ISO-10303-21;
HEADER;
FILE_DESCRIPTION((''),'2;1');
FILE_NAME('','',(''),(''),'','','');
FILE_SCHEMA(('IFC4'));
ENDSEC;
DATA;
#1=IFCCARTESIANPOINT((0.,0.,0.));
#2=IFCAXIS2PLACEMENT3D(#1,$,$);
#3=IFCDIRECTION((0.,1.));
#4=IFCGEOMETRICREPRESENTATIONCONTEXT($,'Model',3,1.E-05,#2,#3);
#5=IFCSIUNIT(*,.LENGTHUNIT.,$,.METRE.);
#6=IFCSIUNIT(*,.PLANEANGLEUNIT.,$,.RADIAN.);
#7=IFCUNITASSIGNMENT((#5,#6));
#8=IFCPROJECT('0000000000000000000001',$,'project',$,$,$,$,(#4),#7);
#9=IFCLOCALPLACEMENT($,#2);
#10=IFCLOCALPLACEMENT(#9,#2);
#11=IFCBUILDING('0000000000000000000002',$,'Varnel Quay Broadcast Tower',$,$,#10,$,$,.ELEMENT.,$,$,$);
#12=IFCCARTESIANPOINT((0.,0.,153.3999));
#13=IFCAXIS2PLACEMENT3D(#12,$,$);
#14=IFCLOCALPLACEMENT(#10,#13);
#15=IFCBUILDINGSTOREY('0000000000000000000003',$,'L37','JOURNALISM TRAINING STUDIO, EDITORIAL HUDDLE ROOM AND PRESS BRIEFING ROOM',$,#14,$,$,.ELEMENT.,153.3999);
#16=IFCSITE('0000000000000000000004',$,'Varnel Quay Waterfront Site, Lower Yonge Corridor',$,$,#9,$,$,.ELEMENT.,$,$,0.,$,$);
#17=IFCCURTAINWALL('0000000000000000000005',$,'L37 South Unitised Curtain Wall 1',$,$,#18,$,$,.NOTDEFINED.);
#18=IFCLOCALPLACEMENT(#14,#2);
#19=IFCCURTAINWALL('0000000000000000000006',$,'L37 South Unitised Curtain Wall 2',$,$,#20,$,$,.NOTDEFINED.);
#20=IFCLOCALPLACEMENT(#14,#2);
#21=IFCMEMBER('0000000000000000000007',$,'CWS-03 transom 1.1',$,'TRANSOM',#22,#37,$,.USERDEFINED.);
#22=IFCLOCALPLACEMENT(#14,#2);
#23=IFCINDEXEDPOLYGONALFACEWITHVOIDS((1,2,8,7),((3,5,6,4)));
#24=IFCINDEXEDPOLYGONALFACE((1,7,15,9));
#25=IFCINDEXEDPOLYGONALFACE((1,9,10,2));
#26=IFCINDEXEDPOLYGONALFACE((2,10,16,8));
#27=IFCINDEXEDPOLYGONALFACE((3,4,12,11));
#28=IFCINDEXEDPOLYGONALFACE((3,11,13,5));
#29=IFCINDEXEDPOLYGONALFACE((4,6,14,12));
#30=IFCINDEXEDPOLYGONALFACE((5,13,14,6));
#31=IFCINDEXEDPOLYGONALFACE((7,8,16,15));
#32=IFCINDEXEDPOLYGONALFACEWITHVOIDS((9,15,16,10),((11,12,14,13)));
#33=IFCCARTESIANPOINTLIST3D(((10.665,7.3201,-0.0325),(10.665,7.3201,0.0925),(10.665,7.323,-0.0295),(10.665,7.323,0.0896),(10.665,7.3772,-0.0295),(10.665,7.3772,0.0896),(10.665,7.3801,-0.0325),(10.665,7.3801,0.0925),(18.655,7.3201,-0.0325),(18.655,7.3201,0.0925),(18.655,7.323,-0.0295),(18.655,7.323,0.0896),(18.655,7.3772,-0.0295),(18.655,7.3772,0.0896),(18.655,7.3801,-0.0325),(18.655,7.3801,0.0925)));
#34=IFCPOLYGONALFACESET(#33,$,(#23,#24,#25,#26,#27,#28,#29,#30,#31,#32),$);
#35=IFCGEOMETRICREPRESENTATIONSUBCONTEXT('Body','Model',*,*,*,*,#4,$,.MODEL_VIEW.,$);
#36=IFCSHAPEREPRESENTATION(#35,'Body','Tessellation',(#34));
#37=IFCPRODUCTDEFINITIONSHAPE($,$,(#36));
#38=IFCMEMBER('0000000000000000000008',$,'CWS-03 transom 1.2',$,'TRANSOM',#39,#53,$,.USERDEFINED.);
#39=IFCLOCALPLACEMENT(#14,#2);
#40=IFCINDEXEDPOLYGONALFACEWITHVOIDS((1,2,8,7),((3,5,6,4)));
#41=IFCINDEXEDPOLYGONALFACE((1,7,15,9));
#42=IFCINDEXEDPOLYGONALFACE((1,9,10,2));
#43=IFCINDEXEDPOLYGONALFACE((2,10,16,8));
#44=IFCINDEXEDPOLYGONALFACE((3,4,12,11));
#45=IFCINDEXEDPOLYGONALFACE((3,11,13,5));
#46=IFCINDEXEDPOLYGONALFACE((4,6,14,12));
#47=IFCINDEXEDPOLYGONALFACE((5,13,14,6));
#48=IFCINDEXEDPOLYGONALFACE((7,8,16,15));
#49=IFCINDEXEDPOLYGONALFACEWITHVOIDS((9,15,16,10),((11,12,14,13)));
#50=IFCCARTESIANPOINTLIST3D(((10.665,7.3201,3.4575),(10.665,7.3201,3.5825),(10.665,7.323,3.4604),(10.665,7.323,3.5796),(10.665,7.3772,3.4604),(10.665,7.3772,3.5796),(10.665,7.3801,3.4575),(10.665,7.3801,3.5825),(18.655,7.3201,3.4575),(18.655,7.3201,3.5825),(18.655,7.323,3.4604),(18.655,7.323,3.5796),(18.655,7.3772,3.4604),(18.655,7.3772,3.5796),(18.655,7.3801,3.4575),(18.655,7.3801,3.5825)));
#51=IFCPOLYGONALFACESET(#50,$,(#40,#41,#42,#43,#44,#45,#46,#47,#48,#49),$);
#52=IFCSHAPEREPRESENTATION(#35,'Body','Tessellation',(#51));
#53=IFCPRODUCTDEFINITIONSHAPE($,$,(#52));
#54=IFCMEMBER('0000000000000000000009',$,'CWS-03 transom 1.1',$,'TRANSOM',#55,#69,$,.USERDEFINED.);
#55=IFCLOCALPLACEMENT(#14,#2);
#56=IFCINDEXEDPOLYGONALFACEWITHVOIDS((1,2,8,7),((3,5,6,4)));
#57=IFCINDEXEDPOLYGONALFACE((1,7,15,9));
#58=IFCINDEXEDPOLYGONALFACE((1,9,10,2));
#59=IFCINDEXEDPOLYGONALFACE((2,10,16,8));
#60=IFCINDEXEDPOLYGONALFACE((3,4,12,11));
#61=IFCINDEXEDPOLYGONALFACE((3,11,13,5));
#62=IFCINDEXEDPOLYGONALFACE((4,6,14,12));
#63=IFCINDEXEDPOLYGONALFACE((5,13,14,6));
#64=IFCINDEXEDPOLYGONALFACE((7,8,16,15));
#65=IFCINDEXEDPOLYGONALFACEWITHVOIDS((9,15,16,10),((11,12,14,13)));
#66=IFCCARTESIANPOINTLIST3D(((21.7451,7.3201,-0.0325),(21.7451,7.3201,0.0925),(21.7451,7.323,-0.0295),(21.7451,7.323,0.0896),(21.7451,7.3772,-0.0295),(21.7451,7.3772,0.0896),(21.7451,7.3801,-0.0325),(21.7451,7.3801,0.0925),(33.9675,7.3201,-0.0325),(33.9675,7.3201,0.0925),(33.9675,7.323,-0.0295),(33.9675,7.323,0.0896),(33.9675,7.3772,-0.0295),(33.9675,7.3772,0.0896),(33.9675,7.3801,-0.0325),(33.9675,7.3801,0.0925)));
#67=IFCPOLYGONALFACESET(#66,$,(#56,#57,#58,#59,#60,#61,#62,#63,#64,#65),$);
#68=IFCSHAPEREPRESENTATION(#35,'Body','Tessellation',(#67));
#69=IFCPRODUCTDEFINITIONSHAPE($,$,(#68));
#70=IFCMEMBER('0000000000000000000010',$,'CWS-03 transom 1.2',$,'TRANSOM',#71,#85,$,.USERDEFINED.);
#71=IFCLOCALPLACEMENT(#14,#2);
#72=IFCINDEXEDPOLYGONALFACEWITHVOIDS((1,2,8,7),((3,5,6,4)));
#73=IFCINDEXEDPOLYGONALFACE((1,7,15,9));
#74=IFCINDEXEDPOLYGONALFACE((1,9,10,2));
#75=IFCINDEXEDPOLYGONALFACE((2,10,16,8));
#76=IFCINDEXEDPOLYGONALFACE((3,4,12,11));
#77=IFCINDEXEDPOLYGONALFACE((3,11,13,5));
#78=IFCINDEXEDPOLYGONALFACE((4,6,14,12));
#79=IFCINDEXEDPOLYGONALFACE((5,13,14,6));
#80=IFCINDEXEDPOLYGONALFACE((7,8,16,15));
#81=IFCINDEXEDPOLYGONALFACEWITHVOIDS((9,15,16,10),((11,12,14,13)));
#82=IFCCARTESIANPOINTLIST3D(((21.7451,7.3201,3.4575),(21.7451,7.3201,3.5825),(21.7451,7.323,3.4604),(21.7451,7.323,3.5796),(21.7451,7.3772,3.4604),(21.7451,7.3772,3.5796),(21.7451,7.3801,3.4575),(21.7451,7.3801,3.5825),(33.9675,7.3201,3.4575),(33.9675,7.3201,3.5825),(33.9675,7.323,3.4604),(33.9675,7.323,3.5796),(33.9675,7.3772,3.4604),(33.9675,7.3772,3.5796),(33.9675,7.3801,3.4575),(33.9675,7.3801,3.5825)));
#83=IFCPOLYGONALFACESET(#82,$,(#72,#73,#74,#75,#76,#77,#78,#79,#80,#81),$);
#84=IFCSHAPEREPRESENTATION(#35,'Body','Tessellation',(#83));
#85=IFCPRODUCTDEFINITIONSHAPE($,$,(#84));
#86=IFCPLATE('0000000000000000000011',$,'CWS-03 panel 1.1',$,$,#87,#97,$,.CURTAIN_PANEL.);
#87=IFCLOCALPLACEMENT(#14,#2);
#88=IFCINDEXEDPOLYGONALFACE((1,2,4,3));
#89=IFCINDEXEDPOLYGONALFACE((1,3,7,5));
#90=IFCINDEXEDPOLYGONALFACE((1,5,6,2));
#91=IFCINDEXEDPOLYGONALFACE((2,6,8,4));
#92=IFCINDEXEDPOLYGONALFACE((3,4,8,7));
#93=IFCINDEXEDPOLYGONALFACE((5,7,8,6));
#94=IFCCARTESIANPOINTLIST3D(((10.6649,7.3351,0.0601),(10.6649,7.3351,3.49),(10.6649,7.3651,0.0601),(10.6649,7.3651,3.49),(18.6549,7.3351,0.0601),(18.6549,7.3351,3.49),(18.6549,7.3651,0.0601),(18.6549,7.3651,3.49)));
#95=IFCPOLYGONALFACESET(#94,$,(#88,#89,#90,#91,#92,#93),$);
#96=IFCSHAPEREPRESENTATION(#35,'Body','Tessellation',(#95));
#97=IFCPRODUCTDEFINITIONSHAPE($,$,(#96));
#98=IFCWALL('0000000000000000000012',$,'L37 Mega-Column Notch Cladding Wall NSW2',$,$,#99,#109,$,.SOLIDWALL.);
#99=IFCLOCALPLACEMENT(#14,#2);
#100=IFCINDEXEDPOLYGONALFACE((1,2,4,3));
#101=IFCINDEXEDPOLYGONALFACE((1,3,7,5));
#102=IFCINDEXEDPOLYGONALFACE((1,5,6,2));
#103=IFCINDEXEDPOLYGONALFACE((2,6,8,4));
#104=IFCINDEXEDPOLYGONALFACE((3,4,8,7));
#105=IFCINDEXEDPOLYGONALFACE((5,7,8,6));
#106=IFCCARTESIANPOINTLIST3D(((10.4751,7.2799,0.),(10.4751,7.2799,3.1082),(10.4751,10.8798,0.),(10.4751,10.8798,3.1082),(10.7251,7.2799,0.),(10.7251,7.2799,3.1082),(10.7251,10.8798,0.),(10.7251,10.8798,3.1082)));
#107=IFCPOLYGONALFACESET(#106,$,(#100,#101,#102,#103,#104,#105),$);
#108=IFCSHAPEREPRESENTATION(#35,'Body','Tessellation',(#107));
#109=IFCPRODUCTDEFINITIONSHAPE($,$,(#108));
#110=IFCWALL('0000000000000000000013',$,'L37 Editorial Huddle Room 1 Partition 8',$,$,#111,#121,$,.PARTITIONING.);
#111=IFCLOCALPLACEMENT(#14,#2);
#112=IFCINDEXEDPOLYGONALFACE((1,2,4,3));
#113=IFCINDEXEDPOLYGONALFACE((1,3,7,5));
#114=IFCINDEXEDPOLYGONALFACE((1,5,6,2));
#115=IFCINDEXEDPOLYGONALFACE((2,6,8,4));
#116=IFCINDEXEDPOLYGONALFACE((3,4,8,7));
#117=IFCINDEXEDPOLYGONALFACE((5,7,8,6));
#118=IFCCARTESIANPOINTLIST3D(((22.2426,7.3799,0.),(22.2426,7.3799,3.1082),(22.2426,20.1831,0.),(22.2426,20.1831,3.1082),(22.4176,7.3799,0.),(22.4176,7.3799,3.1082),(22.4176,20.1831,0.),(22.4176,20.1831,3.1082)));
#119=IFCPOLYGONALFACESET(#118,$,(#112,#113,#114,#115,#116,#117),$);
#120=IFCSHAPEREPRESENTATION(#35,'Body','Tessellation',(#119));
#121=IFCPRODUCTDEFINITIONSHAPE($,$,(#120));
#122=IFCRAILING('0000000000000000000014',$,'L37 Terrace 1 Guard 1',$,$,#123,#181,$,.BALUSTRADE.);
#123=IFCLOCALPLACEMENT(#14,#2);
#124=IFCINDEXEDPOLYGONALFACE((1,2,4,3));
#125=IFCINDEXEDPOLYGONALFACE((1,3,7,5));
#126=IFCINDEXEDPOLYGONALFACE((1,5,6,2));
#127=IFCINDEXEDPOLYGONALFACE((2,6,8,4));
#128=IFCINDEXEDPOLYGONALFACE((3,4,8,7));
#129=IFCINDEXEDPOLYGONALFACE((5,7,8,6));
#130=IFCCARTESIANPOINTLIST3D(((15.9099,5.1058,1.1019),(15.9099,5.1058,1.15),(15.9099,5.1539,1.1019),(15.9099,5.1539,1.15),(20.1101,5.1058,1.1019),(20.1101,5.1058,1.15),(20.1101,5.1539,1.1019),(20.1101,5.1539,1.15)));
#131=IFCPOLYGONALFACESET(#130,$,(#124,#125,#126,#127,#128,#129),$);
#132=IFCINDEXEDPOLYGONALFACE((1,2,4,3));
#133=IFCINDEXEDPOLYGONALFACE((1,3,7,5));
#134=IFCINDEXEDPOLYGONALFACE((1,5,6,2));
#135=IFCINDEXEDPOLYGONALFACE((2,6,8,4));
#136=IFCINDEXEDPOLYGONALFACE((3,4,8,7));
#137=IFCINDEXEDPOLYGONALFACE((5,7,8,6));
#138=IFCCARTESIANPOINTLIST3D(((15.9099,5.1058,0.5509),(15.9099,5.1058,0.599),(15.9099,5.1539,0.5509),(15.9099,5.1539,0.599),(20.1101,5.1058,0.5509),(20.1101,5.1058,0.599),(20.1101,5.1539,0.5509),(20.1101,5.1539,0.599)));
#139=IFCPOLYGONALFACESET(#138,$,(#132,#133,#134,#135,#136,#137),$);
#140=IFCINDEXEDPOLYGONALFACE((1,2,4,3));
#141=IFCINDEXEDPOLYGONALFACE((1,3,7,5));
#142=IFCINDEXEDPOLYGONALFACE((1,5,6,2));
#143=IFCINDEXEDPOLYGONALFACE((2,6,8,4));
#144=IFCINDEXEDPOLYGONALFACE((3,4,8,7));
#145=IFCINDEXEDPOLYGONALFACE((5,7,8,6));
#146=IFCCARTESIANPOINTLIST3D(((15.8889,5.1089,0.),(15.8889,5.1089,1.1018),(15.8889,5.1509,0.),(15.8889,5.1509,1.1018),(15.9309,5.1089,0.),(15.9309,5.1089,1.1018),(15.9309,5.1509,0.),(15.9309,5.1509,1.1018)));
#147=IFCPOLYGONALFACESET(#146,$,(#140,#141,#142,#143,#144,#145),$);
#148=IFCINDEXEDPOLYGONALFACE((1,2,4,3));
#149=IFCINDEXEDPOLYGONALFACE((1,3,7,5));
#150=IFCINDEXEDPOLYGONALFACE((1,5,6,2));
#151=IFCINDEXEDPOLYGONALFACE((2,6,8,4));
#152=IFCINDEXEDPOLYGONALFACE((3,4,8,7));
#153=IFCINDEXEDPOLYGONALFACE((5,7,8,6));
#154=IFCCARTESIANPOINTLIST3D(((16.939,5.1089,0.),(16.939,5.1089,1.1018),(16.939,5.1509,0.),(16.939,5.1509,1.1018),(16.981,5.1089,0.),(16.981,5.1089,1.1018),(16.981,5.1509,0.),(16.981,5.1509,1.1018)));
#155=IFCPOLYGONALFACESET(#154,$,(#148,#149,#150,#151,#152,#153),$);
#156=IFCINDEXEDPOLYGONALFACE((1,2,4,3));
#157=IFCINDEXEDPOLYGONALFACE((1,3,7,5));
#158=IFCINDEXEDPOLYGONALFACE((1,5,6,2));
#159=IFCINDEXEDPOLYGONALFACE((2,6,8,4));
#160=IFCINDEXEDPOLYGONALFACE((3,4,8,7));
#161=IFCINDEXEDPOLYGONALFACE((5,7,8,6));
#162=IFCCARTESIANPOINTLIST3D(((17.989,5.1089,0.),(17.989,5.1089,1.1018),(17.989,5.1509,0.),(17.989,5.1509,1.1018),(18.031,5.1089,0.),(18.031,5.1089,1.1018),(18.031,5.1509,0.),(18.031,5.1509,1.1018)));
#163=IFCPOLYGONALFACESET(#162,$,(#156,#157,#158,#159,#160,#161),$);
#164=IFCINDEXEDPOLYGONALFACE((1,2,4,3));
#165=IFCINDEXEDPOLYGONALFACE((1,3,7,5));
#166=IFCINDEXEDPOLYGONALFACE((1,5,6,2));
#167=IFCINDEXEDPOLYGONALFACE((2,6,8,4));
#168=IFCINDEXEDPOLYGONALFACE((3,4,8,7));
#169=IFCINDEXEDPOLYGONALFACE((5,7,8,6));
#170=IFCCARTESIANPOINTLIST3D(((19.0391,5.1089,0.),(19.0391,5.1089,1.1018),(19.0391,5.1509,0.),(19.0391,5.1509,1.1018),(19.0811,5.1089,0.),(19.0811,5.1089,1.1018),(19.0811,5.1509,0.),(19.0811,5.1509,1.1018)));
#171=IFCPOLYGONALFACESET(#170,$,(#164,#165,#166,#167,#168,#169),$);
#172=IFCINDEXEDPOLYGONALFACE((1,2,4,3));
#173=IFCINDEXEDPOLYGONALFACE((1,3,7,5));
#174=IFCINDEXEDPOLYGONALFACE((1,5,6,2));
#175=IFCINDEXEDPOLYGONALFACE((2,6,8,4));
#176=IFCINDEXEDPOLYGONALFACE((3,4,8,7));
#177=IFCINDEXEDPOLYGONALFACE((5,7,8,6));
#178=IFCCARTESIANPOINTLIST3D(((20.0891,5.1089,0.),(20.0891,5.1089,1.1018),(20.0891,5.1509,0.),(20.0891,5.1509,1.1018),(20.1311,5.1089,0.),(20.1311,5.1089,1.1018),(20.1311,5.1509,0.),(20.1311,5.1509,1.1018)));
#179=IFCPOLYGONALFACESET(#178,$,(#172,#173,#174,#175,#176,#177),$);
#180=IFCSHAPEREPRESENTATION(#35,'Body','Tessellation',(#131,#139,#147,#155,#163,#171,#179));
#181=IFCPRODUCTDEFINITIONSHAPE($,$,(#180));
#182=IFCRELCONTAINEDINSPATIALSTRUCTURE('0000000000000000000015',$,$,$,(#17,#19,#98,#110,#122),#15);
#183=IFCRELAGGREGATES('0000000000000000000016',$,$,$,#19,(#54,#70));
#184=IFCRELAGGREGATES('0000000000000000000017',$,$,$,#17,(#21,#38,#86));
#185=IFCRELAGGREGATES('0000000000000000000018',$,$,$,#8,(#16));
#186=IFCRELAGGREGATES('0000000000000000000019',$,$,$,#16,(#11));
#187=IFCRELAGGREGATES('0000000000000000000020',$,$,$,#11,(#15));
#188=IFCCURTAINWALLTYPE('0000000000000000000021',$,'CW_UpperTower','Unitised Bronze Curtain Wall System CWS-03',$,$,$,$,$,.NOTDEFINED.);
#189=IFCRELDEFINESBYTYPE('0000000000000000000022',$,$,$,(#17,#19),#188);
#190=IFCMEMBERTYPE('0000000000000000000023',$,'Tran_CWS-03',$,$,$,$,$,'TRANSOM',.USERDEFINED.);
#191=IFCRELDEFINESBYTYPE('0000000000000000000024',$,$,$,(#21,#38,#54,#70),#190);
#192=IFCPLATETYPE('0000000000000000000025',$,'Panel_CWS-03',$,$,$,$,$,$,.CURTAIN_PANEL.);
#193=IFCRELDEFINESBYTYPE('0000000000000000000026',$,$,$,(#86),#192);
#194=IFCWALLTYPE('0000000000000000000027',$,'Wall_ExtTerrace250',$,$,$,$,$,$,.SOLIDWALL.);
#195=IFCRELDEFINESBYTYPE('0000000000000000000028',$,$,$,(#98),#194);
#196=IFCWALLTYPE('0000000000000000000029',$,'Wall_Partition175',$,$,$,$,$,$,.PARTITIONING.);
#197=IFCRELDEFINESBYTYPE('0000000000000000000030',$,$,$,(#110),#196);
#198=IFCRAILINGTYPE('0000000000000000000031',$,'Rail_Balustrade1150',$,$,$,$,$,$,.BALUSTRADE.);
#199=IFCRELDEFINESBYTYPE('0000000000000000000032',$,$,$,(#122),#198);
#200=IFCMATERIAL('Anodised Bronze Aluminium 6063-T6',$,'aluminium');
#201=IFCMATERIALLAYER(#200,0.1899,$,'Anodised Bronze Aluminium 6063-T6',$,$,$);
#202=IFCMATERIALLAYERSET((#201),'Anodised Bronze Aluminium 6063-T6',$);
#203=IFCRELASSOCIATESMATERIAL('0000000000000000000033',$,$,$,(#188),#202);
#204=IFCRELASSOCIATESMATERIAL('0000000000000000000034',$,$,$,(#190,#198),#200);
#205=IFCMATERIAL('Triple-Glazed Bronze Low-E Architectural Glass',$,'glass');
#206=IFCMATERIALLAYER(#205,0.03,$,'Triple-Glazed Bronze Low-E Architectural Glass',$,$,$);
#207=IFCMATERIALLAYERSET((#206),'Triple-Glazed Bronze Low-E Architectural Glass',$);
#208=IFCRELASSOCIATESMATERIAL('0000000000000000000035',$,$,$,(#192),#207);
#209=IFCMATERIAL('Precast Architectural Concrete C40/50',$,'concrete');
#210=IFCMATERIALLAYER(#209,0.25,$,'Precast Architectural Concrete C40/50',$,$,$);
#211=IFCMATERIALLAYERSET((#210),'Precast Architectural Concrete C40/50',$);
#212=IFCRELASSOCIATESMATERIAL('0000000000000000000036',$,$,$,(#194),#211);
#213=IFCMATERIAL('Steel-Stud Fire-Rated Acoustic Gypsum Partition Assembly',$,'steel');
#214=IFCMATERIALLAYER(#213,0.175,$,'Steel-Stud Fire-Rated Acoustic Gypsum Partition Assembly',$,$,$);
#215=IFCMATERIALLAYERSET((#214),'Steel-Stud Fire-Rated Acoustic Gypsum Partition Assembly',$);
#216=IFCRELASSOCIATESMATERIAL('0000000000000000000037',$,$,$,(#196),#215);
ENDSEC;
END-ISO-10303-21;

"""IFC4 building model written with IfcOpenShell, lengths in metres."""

from ifc_helpers import new_model, si_unit, direction, frame, frame_2d, origin, origin_2d, place, context, subcontext, project, spatial, rectangle, hollow_rectangle, extrude, source, transform, mapped, material, layer, layer_set, material_profile, profile_set, type_object, type_shapes, element, aggregate, save


model = new_model("IFC4")

# Units and contexts
model_context = context("Model", 3, precision=1e-05, world=origin(), true_north=direction((0.0, 1.0)))
body_context = subcontext(model_context, "Body", "Model", "MODEL_VIEW")
ifc_project = project(units=[si_unit("LENGTHUNIT", "METRE"), si_unit("PLANEANGLEUNIT", "RADIAN")], contexts=[model_context])

# Site, building, storey
site_placement = place(None, origin())
site = spatial("IfcSite", under=ifc_project, at=site_placement, Name="Varnel Quay Waterfront Site, Lower Yonge Corridor", CompositionType="ELEMENT", RefElevation=0.0)
building_placement = place(site_placement, origin())
building = spatial("IfcBuilding", under=site, at=building_placement, Name="Varnel Quay Broadcast Tower", CompositionType="ELEMENT")
storey_placement = place(building_placement, frame((0.0, 0.0, 153.3999)))
storey = spatial("IfcBuildingStorey", under=building, at=storey_placement, Name="L37", Description="JOURNALISM TRAINING STUDIO, EDITORIAL HUDDLE ROOM AND PRESS BRIEFING ROOM", CompositionType="ELEMENT", Elevation=153.3999)

# Shared definitions
ifc_material_1 = material(Name="Anodised Bronze Aluminium 6063-T6", Category="aluminium")

# Curtain wall
ifc_layer_1 = layer(ifc_material_1, 0.1899, Name="Anodised Bronze Aluminium 6063-T6")
ifc_layer_set_1 = layer_set([ifc_layer_1], Name="Anodised Bronze Aluminium 6063-T6")
curtain_wall_type_1 = type_object("IfcCurtainWallType", Name="CW_UpperTower", Description="Unitised Bronze Curtain Wall System CWS-03", PredefinedType="NOTDEFINED", material=ifc_layer_set_1)
curtain_wall_1_placement = place(storey_placement, origin())
curtain_wall_1 = element("IfcCurtainWall", 1, at=curtain_wall_1_placement, inside=storey, type_object=curtain_wall_type_1, Name="L37 South Unitised Curtain Wall 1", PredefinedType="NOTDEFINED")

# Curtain wall
curtain_wall_2_placement = place(storey_placement, origin())
curtain_wall_2 = element("IfcCurtainWall", 2, at=curtain_wall_2_placement, inside=storey, type_object=curtain_wall_type_1, Name="L37 South Unitised Curtain Wall 2", PredefinedType="NOTDEFINED")

# Members
ifc_material_profile_1 = material_profile(ifc_material_1, hollow_rectangle(XDim=0.0601, YDim=0.125, WallThickness=0.0029, at=origin_2d()), Name="ALU60X125X3")
ifc_profile_set_1 = profile_set([ifc_material_profile_1], Name="Anodised Bronze Aluminium 6063-T6")
member_type_1 = type_object("IfcMemberType", Name="Tran_CWS-03", ElementType="TRANSOM", PredefinedType="USERDEFINED", material=ifc_profile_set_1)
shared_shape_1 = source(origin(), body_context, "Body", "SweptSolid", [
    extrude(hollow_rectangle(XDim=0.0601, YDim=0.125, WallThickness=0.0029, at=origin_2d()), origin(), (0.0, 0.0, 1.0), 7.99),
])
member_1_placement = place(storey_placement, frame((10.665, 7.3501, 0.03), z_axis=(1.0, 0.0, 0.0), x_axis=(0.0, 1.0, 0.0)))
member_1 = element("IfcMember", 3, at=member_1_placement, type_object=member_type_1, Name="CWS-03 transom 1.1", ObjectType="TRANSOM", PredefinedType="USERDEFINED", context=body_context, shape_type="MappedRepresentation", body=[
    mapped(shared_shape_1, transform((0.0, 0.0, 0.0), x_axis=(1.0, 0.0, 0.0), y_axis=(0.0, 1.0, 0.0), z_axis=(0.0, 0.0, 1.0), scale=1.0)),
])
member_2_placement = place(storey_placement, frame((10.665, 7.3501, 3.52), z_axis=(1.0, 0.0, 0.0), x_axis=(0.0, 1.0, 0.0)))
member_2 = element("IfcMember", 4, at=member_2_placement, type_object=member_type_1, Name="CWS-03 transom 1.2", ObjectType="TRANSOM", PredefinedType="USERDEFINED", context=body_context, shape_type="MappedRepresentation", body=[
    mapped(shared_shape_1, transform((0.0, 0.0, 0.0), x_axis=(1.0, 0.0, 0.0), y_axis=(0.0, 1.0, 0.0), z_axis=(0.0, 0.0, 1.0), scale=1.0)),
])
shared_shape_2 = source(origin(), body_context, "Body", "SweptSolid", [
    extrude(hollow_rectangle(XDim=0.0601, YDim=0.125, WallThickness=0.0029, at=origin_2d()), origin(), (0.0, 0.0, 1.0), 12.2224),
])
type_shapes(member_type_1, [shared_shape_1, shared_shape_2])
member_3_placement = place(storey_placement, frame((21.7451, 7.3501, 0.03), z_axis=(1.0, 0.0, 0.0), x_axis=(0.0, 1.0, 0.0)))
member_3 = element("IfcMember", 5, at=member_3_placement, type_object=member_type_1, Name="CWS-03 transom 1.1", ObjectType="TRANSOM", PredefinedType="USERDEFINED", context=body_context, shape_type="MappedRepresentation", body=[
    mapped(shared_shape_2, transform((0.0, 0.0, 0.0), x_axis=(1.0, 0.0, 0.0), y_axis=(0.0, 1.0, 0.0), z_axis=(0.0, 0.0, 1.0), scale=1.0)),
])
member_4_placement = place(storey_placement, frame((21.7451, 7.3501, 3.52), z_axis=(1.0, 0.0, 0.0), x_axis=(0.0, 1.0, 0.0)))
member_4 = element("IfcMember", 6, at=member_4_placement, type_object=member_type_1, Name="CWS-03 transom 1.2", ObjectType="TRANSOM", PredefinedType="USERDEFINED", context=body_context, shape_type="MappedRepresentation", body=[
    mapped(shared_shape_2, transform((0.0, 0.0, 0.0), x_axis=(1.0, 0.0, 0.0), y_axis=(0.0, 1.0, 0.0), z_axis=(0.0, 0.0, 1.0), scale=1.0)),
])
aggregate(curtain_wall_2, [member_3, member_4])

# Plate
ifc_material_2 = material(Name="Triple-Glazed Bronze Low-E Architectural Glass", Category="glass")
ifc_layer_2 = layer(ifc_material_2, 0.03, Name="Triple-Glazed Bronze Low-E Architectural Glass")
ifc_layer_set_2 = layer_set([ifc_layer_2], Name="Triple-Glazed Bronze Low-E Architectural Glass")
plate_type = type_object("IfcPlateType", Name="Panel_CWS-03", PredefinedType="CURTAIN_PANEL", material=ifc_layer_set_2)
shared_shape_3 = source(origin(), body_context, "Body", "SweptSolid", [
    extrude(rectangle(XDim=7.99, YDim=0.03, at=origin_2d()), origin(), (0.0, 0.0, 1.0), 3.4299),
])
type_shapes(plate_type, [shared_shape_3])
plate_placement = place(storey_placement, frame((14.6599, 7.3501, 0.0601), z_axis=(0.0, 0.0, 1.0), x_axis=(1.0, 0.0, 0.0)))
plate = element("IfcPlate", 7, at=plate_placement, type_object=plate_type, Name="CWS-03 panel 1.1", PredefinedType="CURTAIN_PANEL", context=body_context, shape_type="MappedRepresentation", body=[
    mapped(shared_shape_3, transform((0.0, 0.0, 0.0), x_axis=(1.0, 0.0, 0.0), y_axis=(0.0, 1.0, 0.0), z_axis=(0.0, 0.0, 1.0), scale=1.0)),
])
aggregate(curtain_wall_1, [member_1, member_2, plate])

# Shared definitions
ifc_material_3 = material(Name="Precast Architectural Concrete C40/50", Category="concrete")
ifc_layer_3 = layer(ifc_material_3, 0.25, Name="Precast Architectural Concrete C40/50")
ifc_layer_set_3 = layer_set([ifc_layer_3], Name="Precast Architectural Concrete C40/50")
wall_type_1 = type_object("IfcWallType", Name="Wall_ExtTerrace250", PredefinedType="SOLIDWALL", material=ifc_layer_set_3)

# Walls
wall_1_placement = place(storey_placement, frame((10.6001, 7.28, 0.0), z_axis=(0.0, 0.0, 1.0), x_axis=(0.0, 1.0, 0.0)))
element("IfcWall", 8, at=wall_1_placement, inside=storey, type_object=wall_type_1, Name="L37 Mega-Column Notch Cladding Wall NSW2", PredefinedType="SOLIDWALL", context=body_context, shape_type="SweptSolid", body=[
    extrude(rectangle(XDim=3.5999, YDim=0.25, at=frame_2d((1.7998, 0.0))), origin(), (0.0, 0.0, 1.0), 3.1082),
])
ifc_material_4 = material(Name="Steel-Stud Fire-Rated Acoustic Gypsum Partition Assembly", Category="steel")
ifc_layer_4 = layer(ifc_material_4, 0.175, Name="Steel-Stud Fire-Rated Acoustic Gypsum Partition Assembly")
ifc_layer_set_4 = layer_set([ifc_layer_4], Name="Steel-Stud Fire-Rated Acoustic Gypsum Partition Assembly")
wall_type_2 = type_object("IfcWallType", Name="Wall_Partition175", PredefinedType="PARTITIONING", material=ifc_layer_set_4)
wall_2_placement = place(storey_placement, frame((22.3301, 7.3799, 0.0), z_axis=(0.0, 0.0, 1.0), x_axis=(0.0, 1.0, 0.0)))
element("IfcWall", 9, at=wall_2_placement, inside=storey, type_object=wall_type_2, Name="L37 Editorial Huddle Room 1 Partition 8", PredefinedType="PARTITIONING", context=body_context, shape_type="SweptSolid", body=[
    extrude(rectangle(XDim=12.8032, YDim=0.175, at=frame_2d((6.4016, 0.0))), origin(), (0.0, 0.0, 1.0), 3.1082),
])

# Railing
railing_type = type_object("IfcRailingType", Name="Rail_Balustrade1150", PredefinedType="BALUSTRADE", material=ifc_material_1)
railing_1_placement = place(storey_placement, frame((15.9099, 5.1299, 0.0)))
element("IfcRailing", 10, at=railing_1_placement, inside=storey, type_object=railing_type, Name="L37 Terrace 1 Guard 1", PredefinedType="BALUSTRADE", context=body_context, shape_type="SweptSolid", body=[
    extrude(rectangle(XDim=0.0481, YDim=0.0481, at=origin_2d()), frame((0.0, 0.0, 1.126), z_axis=(1.0, 0.0, 0.0), x_axis=(0.0, 1.0, 0.0)), (0.0, 0.0, 1.0), 4.2002),
    extrude(rectangle(XDim=0.0481, YDim=0.0481, at=origin_2d()), frame((0.0, 0.0, 0.575), z_axis=(1.0, 0.0, 0.0), x_axis=(0.0, 1.0, 0.0)), (0.0, 0.0, 1.0), 4.2002),
    extrude(rectangle(XDim=0.042, YDim=0.042, at=origin_2d()), origin(), (0.0, 0.0, 1.0), 1.1018),
    extrude(rectangle(XDim=0.042, YDim=0.042, at=origin_2d()), frame((1.05, 0.0, 0.0)), (0.0, 0.0, 1.0), 1.1018),
    extrude(rectangle(XDim=0.042, YDim=0.042, at=origin_2d()), frame((2.1001, 0.0, 0.0)), (0.0, 0.0, 1.0), 1.1018),
    extrude(rectangle(XDim=0.042, YDim=0.042, at=origin_2d()), frame((3.1501, 0.0, 0.0)), (0.0, 0.0, 1.0), 1.1018),
    extrude(rectangle(XDim=0.042, YDim=0.042, at=origin_2d()), frame((4.2002, 0.0, 0.0)), (0.0, 0.0, 1.0), 1.1018),
])

save(model, "model.ifc")
